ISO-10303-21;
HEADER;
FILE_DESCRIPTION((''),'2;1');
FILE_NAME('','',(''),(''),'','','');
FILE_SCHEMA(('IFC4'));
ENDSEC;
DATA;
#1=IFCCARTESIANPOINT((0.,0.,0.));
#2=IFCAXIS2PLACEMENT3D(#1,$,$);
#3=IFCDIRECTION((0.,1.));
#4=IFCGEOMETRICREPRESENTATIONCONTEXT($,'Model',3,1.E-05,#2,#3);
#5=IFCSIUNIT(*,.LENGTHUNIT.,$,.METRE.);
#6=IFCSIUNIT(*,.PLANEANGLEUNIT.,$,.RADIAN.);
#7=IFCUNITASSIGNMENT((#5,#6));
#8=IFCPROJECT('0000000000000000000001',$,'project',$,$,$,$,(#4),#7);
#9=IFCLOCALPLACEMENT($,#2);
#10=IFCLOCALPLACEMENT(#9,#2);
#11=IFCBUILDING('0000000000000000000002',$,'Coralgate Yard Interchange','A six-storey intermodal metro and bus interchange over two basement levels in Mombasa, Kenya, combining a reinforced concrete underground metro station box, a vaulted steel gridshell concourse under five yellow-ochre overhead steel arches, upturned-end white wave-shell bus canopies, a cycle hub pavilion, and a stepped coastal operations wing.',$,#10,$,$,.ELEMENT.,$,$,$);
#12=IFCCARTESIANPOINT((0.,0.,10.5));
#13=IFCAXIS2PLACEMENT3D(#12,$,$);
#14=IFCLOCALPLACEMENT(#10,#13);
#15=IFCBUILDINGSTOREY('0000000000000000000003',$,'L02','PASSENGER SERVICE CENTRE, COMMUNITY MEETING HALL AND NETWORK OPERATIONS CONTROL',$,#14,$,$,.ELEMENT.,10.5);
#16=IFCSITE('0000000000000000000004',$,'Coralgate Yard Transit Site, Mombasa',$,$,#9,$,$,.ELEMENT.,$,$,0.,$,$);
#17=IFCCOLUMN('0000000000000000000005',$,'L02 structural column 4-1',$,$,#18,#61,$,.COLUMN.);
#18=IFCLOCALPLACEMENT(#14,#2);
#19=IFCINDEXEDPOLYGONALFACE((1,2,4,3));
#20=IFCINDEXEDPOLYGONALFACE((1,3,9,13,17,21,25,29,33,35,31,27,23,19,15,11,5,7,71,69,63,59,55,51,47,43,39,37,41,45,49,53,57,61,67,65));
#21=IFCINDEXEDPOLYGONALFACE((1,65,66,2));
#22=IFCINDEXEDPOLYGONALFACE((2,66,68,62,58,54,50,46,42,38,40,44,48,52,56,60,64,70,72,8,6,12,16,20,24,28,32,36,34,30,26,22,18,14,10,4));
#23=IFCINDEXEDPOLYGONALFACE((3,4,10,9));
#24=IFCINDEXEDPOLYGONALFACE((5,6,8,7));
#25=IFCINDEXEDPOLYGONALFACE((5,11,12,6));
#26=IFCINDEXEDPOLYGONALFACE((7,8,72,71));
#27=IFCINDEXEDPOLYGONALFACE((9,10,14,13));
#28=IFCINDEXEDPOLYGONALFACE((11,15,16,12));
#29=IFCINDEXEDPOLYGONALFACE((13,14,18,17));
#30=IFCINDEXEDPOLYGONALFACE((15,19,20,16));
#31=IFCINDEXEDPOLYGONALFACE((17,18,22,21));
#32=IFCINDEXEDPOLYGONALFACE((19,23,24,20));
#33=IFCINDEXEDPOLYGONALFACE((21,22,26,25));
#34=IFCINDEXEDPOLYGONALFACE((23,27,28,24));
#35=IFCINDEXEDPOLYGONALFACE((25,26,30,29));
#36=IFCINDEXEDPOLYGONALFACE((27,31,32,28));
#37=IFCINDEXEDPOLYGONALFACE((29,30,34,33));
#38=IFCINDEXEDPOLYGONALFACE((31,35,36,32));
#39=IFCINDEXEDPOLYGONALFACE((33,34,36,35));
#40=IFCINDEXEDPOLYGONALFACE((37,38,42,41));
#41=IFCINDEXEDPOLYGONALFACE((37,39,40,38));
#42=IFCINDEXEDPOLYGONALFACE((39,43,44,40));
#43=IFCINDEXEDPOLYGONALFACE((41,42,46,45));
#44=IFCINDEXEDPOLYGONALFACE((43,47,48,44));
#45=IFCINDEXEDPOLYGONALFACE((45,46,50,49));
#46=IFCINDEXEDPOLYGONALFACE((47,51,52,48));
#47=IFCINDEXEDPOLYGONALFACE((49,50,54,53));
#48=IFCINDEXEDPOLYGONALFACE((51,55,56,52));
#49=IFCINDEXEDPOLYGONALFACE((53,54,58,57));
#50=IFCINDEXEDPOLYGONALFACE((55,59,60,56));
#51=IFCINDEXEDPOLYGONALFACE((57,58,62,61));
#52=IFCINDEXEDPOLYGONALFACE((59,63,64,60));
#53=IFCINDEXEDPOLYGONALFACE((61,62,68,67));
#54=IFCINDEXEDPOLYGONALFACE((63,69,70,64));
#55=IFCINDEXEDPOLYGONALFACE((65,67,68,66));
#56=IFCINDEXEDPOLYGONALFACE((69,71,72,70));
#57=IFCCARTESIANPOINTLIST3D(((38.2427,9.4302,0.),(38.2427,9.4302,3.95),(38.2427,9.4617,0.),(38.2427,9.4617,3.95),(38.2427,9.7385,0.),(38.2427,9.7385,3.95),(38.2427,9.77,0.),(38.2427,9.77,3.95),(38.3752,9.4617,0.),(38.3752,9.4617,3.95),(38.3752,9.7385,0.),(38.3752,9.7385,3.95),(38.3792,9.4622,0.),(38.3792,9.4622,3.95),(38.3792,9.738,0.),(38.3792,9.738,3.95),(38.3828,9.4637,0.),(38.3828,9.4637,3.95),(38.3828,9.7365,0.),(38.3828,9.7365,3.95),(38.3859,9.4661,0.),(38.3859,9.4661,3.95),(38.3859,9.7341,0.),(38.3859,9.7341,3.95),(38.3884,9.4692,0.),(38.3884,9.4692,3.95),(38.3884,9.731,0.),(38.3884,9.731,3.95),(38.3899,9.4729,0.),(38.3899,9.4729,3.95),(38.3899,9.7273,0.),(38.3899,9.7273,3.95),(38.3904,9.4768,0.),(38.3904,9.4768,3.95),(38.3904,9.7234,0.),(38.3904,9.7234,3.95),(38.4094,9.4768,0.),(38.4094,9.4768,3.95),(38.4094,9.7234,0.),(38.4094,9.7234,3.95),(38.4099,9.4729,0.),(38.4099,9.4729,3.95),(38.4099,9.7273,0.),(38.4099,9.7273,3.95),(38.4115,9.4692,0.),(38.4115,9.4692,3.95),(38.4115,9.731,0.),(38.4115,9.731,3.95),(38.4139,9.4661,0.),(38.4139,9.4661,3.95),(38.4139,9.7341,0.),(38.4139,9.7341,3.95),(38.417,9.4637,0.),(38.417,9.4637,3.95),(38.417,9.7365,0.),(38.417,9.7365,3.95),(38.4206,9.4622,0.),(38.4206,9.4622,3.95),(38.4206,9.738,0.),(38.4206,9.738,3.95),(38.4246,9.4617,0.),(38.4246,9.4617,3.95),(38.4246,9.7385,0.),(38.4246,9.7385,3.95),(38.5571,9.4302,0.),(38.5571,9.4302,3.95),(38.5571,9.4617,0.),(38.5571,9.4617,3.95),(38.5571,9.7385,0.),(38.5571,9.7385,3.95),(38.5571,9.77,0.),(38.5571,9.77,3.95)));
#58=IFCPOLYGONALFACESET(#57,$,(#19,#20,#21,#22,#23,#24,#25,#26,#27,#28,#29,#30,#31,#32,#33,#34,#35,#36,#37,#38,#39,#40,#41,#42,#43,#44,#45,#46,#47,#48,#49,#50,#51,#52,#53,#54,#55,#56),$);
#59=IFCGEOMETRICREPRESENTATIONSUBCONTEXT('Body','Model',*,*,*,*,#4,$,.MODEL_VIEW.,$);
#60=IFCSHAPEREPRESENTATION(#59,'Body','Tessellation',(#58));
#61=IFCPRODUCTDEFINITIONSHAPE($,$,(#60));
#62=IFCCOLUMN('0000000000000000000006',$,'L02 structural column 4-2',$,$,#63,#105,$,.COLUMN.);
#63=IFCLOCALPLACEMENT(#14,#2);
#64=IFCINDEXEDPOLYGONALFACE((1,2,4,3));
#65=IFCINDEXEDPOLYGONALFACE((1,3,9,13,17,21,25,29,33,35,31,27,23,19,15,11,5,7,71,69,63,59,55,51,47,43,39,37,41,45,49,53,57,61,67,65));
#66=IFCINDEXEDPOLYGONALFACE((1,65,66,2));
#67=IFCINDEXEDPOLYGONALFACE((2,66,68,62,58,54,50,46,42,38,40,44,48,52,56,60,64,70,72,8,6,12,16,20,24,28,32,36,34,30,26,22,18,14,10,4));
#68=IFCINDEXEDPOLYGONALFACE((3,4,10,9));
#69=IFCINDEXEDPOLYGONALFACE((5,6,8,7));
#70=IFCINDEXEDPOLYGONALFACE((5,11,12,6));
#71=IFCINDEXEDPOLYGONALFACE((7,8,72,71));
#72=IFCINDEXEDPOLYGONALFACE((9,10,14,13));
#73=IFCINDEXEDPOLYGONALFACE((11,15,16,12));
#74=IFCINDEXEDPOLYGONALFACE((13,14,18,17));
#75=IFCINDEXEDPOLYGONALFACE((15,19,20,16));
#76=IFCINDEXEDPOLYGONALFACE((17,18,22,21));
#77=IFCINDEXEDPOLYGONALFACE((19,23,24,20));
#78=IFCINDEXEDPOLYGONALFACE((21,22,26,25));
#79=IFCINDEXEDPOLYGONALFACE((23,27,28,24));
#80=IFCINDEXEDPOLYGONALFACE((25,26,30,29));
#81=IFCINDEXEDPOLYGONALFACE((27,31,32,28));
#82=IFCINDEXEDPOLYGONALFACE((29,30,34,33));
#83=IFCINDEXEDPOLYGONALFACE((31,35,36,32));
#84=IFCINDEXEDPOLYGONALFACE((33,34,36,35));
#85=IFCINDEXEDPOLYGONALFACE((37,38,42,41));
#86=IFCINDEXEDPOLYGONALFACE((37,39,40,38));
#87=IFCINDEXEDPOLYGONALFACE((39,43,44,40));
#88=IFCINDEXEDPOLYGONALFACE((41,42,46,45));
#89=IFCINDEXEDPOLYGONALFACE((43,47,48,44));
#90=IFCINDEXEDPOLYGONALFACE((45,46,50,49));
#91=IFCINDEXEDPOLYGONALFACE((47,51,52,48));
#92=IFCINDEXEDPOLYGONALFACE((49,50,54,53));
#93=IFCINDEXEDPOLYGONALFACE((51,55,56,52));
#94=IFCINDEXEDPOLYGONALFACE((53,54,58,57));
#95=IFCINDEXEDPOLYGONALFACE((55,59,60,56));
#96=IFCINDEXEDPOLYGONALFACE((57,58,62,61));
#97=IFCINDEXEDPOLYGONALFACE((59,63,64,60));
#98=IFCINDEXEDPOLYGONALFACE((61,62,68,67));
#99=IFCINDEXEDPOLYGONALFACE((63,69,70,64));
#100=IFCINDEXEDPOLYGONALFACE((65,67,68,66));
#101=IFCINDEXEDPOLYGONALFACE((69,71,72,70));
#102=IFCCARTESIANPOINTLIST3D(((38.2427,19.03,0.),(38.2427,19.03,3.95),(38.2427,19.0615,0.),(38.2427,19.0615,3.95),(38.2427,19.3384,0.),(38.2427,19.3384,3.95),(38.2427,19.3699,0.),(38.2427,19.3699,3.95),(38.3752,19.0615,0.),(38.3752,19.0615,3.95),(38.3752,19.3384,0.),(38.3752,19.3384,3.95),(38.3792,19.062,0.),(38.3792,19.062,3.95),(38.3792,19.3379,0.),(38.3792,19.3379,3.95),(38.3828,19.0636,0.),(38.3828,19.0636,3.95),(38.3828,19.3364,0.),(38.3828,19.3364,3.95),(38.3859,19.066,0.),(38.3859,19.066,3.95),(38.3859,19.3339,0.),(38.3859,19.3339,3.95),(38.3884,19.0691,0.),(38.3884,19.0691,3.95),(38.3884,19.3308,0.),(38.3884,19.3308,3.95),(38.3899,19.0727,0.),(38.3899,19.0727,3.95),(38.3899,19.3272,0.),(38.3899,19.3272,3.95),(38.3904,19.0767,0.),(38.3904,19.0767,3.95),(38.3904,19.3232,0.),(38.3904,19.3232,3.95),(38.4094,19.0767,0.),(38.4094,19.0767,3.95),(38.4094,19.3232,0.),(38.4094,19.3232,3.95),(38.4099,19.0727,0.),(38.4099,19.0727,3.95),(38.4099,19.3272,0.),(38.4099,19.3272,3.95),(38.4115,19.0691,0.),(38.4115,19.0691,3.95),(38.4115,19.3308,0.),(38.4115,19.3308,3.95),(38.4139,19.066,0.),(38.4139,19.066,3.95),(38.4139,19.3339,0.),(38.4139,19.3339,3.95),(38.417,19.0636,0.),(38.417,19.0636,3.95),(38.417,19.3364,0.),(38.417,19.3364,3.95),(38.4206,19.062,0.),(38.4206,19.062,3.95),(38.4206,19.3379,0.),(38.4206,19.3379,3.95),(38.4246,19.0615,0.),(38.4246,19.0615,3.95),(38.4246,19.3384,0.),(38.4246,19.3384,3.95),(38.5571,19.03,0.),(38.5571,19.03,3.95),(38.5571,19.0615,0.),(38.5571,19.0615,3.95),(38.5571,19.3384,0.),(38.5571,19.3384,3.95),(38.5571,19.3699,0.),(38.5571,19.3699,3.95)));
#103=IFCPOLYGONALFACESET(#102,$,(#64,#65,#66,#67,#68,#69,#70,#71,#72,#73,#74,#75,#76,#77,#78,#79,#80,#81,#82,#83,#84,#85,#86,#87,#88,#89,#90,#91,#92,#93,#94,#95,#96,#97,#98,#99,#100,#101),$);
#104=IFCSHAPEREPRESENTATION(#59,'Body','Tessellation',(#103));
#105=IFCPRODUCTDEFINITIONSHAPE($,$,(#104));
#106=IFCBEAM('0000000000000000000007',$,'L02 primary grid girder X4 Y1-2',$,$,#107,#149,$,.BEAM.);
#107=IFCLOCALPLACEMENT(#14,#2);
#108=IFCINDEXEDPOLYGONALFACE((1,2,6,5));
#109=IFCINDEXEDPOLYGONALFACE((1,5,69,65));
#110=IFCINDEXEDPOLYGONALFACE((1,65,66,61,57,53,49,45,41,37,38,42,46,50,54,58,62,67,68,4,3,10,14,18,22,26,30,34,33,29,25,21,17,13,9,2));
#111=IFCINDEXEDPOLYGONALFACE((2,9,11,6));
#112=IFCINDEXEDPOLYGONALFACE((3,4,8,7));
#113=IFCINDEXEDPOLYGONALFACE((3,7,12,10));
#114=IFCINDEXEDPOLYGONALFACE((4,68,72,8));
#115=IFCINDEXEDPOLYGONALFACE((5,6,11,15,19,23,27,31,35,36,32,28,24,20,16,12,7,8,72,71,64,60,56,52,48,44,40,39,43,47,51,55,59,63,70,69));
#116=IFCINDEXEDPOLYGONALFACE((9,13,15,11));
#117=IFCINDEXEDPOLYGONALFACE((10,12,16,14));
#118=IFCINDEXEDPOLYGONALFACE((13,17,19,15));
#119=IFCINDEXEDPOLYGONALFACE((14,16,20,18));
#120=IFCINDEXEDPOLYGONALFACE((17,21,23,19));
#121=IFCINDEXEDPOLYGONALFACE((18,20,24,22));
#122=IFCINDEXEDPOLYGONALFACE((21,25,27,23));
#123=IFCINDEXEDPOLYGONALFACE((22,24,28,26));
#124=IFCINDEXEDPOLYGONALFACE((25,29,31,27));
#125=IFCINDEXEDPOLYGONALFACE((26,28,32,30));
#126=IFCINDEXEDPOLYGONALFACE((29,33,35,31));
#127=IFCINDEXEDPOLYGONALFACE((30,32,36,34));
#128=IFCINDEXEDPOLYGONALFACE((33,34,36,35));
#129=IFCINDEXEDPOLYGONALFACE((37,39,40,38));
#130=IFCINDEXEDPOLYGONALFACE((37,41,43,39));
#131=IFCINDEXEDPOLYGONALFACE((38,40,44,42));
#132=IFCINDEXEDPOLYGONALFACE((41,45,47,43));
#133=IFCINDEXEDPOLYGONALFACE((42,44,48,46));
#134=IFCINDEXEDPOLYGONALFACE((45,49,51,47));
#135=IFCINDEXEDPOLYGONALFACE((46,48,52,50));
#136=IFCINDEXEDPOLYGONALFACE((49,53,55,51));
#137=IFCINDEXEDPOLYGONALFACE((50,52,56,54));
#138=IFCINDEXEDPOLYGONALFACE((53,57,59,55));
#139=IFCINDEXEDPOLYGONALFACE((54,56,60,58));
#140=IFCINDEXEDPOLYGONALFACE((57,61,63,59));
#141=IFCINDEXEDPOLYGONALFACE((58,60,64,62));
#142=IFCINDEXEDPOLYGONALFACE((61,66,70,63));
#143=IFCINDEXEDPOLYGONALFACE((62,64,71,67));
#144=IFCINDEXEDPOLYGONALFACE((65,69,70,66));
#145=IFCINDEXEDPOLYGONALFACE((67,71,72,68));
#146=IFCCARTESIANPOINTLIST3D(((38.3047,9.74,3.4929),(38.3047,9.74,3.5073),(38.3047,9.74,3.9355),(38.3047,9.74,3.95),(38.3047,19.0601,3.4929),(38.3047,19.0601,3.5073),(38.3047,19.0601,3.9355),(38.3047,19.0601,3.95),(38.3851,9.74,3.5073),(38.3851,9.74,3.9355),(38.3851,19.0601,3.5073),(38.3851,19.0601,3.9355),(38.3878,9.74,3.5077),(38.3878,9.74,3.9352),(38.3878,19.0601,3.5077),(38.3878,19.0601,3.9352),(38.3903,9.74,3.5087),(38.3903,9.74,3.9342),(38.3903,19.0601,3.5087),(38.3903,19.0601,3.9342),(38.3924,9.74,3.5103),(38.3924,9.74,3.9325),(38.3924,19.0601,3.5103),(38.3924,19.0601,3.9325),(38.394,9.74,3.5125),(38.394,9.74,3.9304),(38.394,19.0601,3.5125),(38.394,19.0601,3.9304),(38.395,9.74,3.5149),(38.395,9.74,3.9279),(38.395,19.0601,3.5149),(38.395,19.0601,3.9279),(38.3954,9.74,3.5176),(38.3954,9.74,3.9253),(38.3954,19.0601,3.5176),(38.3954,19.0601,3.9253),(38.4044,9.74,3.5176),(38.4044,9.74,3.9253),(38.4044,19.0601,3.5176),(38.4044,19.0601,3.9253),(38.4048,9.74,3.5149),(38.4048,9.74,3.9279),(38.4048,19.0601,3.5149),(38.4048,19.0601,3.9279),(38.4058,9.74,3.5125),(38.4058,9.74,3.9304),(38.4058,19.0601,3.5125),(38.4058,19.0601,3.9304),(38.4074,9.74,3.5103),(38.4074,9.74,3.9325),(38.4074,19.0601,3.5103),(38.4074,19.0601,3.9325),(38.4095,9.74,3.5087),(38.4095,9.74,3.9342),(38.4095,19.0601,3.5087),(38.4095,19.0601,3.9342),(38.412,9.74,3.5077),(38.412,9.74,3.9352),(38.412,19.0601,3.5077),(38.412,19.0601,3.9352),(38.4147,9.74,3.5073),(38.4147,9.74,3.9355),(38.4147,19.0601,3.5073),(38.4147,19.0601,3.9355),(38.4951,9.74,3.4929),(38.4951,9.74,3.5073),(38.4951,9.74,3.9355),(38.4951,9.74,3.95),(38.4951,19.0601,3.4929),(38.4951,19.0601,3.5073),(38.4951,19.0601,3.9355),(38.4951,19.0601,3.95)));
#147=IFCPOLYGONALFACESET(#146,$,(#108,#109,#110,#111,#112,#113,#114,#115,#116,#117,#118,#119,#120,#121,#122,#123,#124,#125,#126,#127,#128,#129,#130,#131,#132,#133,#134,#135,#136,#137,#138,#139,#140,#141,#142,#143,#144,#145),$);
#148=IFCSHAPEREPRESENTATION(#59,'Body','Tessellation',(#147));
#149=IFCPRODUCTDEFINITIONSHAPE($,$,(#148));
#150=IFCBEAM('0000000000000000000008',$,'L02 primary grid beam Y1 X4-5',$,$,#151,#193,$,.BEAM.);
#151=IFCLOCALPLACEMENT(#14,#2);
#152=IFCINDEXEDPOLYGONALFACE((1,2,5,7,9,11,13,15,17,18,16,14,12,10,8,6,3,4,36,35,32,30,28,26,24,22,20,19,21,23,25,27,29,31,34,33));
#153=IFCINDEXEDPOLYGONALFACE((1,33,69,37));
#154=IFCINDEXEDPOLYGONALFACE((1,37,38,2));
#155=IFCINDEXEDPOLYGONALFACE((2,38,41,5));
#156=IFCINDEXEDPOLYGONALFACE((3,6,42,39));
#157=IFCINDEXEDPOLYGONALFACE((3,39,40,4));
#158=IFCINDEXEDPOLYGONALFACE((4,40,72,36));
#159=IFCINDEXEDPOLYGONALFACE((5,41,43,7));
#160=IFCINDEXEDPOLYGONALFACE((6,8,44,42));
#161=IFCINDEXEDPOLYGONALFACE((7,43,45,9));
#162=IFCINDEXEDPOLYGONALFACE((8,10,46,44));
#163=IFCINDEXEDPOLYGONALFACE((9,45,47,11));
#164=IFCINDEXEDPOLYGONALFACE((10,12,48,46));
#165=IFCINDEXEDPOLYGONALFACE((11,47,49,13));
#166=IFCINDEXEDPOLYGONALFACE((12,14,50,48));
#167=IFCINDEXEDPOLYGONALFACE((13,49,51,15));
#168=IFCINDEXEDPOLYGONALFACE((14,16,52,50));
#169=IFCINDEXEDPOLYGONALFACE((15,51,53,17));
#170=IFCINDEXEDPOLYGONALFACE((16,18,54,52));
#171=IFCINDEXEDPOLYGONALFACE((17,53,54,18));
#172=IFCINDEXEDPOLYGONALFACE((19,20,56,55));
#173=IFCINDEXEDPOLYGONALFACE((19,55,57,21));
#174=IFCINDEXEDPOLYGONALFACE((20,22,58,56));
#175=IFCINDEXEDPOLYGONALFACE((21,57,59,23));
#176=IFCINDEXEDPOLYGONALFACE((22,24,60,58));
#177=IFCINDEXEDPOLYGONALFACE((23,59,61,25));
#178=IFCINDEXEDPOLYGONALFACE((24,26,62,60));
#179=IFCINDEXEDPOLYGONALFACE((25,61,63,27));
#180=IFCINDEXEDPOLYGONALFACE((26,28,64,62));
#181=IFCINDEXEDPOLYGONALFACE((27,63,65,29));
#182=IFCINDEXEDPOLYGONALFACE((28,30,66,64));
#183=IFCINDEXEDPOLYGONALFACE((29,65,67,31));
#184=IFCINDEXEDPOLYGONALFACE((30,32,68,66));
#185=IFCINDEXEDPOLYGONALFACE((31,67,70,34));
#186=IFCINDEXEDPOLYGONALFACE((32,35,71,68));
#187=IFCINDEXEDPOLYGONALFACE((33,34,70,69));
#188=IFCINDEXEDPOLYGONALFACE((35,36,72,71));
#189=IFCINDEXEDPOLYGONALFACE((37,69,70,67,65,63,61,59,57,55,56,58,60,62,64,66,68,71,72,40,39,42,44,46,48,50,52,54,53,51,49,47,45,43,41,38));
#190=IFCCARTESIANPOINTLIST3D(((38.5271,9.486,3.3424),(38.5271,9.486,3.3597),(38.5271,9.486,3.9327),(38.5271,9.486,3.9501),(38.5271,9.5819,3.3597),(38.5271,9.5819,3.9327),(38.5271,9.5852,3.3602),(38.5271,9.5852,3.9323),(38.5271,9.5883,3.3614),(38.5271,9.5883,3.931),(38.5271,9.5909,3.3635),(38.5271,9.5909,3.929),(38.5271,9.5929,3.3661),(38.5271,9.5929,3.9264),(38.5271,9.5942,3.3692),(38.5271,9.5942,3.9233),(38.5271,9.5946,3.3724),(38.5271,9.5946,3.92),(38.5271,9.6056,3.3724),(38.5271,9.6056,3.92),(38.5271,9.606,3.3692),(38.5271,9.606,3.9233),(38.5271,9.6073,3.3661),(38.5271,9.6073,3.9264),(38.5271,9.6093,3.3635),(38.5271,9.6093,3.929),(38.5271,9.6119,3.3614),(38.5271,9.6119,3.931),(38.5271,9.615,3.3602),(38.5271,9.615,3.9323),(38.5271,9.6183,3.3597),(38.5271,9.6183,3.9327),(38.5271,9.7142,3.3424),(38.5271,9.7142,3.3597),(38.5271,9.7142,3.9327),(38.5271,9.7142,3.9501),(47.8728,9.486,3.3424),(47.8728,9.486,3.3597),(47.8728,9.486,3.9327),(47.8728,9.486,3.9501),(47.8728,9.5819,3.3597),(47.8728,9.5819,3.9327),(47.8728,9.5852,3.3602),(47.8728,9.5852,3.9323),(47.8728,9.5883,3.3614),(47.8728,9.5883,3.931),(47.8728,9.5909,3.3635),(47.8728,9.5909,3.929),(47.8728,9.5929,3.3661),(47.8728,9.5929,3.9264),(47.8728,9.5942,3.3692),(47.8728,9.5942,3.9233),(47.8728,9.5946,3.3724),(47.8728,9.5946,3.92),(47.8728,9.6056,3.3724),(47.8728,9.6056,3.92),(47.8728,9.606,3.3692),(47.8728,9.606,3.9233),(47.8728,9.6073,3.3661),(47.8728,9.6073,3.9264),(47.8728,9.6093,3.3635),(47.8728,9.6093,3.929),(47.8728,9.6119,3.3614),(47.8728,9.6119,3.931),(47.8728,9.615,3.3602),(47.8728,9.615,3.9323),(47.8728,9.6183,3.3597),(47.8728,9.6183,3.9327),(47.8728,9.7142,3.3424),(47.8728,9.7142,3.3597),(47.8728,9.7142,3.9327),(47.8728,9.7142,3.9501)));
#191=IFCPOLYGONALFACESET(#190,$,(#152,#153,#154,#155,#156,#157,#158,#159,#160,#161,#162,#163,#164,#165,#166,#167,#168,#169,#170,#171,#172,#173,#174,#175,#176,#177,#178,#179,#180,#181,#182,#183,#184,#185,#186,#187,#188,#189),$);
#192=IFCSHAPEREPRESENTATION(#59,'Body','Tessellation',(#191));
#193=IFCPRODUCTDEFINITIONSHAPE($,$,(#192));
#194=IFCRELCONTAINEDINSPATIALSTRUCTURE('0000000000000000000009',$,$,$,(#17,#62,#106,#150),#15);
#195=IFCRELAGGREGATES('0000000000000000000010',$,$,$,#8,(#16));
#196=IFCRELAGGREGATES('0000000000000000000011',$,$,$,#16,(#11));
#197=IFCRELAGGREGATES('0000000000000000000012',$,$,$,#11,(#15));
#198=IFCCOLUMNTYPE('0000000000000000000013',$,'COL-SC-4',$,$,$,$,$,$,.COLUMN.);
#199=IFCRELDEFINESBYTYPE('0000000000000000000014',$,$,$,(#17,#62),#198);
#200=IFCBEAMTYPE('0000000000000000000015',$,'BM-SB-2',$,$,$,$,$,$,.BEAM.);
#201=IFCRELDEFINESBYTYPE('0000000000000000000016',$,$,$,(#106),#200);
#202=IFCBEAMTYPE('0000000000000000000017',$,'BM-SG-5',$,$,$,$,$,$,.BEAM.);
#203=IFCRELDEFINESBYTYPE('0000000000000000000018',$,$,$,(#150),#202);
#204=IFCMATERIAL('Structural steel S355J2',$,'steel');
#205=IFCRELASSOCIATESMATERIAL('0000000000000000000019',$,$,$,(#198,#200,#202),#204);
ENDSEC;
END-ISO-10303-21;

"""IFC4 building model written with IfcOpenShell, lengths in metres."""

from ifc_helpers import new_model, si_unit, direction, frame, origin, origin_2d, place, context, subcontext, project, spatial, i_section, extrude, material, material_profile, profile_set, type_object, element, save


model = new_model("IFC4")

# Units and contexts
model_context = context("Model", 3, precision=1e-05, world=origin(), true_north=direction((0.0, 1.0)))
body_context = subcontext(model_context, "Body", "Model", "MODEL_VIEW")
ifc_project = project(units=[si_unit("LENGTHUNIT", "METRE"), si_unit("PLANEANGLEUNIT", "RADIAN")], contexts=[model_context])

# Site, building, storey
site_placement = place(None, origin())
site = spatial("IfcSite", under=ifc_project, at=site_placement, Name="Coralgate Yard Transit Site, Mombasa", CompositionType="ELEMENT", RefElevation=0.0)
building_placement = place(site_placement, origin())
building = spatial("IfcBuilding", under=site, at=building_placement, Name="Coralgate Yard Interchange", Description="A six-storey intermodal metro and bus interchange over two basement levels in Mombasa, Kenya, combining a reinforced concrete underground metro station box, a vaulted steel gridshell concourse under five yellow-ochre overhead steel arches, upturned-end white wave-shell bus canopies, a cycle hub pavilion, and a stepped coastal operations wing.", CompositionType="ELEMENT")
storey_placement = place(building_placement, frame((0.0, 0.0, 10.5)))
storey = spatial("IfcBuildingStorey", under=building, at=storey_placement, Name="L02", Description="PASSENGER SERVICE CENTRE, COMMUNITY MEETING HALL AND NETWORK OPERATIONS CONTROL", CompositionType="ELEMENT", Elevation=10.5)

# Columns
ifc_material_1 = material(Name="Structural steel S355J2", Category="steel")
ifc_material_profile_1 = material_profile(ifc_material_1, i_section(OverallWidth=0.3145, OverallDepth=0.3398, WebThickness=0.019, FlangeThickness=0.0315, FilletRadius=0.0151, at=origin_2d()), Name="UC 305x305x198")
ifc_profile_set_1 = profile_set([ifc_material_profile_1], Name="Structural steel S355J2")
column_type = type_object("IfcColumnType", Name="COL-SC-4", PredefinedType="COLUMN", material=ifc_profile_set_1)
for number, where, z_axis, x_axis, name in (
    (1, (38.3999, 9.6001, 0.0), (0.0, 0.0, 1.0), (1.0, 0.0, 0.0), "L02 structural column 4-1"),
    (2, (38.3999, 19.2, 0.0), (0.0, 0.0, 1.0), (1.0, 0.0, 0.0), "L02 structural column 4-2"),
):
    element("IfcColumn", number, at=place(storey_placement, frame(where, z_axis=z_axis, x_axis=x_axis)), inside=storey, type_object=column_type, Name=name, PredefinedType="COLUMN", context=body_context, shape_type="SweptSolid", body=[
        extrude(i_section(OverallWidth=0.3145, OverallDepth=0.3398, WebThickness=0.019, FlangeThickness=0.0315, FilletRadius=0.0151, at=origin_2d()), origin(), (0.0, 0.0, 1.0), 3.95),
    ])

# Beams
ifc_material_profile_2 = material_profile(ifc_material_1, i_section(OverallWidth=0.1904, OverallDepth=0.457, WebThickness=0.009, FlangeThickness=0.0144, FilletRadius=0.0103, at=origin_2d()), Name="UB 457x191x74")
ifc_profile_set_2 = profile_set([ifc_material_profile_2], Name="Structural steel S355J2")
beam_type_1 = type_object("IfcBeamType", Name="BM-SB-2", PredefinedType="BEAM", material=ifc_profile_set_2)
beam_1_placement = place(storey_placement, frame((38.3999, 9.74, 3.7214), z_axis=(0.0, 1.0, 0.0), x_axis=(-1.0, 0.0, 0.0)))
element("IfcBeam", 3, at=beam_1_placement, inside=storey, type_object=beam_type_1, Name="L02 primary grid girder X4 Y1-2", PredefinedType="BEAM", context=body_context, shape_type="SweptSolid", body=[
    extrude(i_section(OverallWidth=0.1904, OverallDepth=0.457, WebThickness=0.009, FlangeThickness=0.0144, FilletRadius=0.0103, at=origin_2d()), origin(), (0.0, 0.0, 1.0), 9.3201),
])
ifc_material_profile_3 = material_profile(ifc_material_1, i_section(OverallWidth=0.2283, OverallDepth=0.6077, WebThickness=0.011, FlangeThickness=0.0173, FilletRadius=0.0127, at=origin_2d()), Name="UB 610x229x113")
ifc_profile_set_3 = profile_set([ifc_material_profile_3], Name="Structural steel S355J2")
beam_type_2 = type_object("IfcBeamType", Name="BM-SG-5", PredefinedType="BEAM", material=ifc_profile_set_3)
beam_2_placement = place(storey_placement, frame((38.5271, 9.6001, 3.6462), z_axis=(1.0, 0.0, 0.0), x_axis=(0.0, 1.0, 0.0)))
element("IfcBeam", 4, at=beam_2_placement, inside=storey, type_object=beam_type_2, Name="L02 primary grid beam Y1 X4-5", PredefinedType="BEAM", context=body_context, shape_type="SweptSolid", body=[
    extrude(i_section(OverallWidth=0.2283, OverallDepth=0.6077, WebThickness=0.011, FlangeThickness=0.0173, FilletRadius=0.0127, at=origin_2d()), origin(), (0.0, 0.0, 1.0), 9.3457),
])

save(model, "model.ifc")
